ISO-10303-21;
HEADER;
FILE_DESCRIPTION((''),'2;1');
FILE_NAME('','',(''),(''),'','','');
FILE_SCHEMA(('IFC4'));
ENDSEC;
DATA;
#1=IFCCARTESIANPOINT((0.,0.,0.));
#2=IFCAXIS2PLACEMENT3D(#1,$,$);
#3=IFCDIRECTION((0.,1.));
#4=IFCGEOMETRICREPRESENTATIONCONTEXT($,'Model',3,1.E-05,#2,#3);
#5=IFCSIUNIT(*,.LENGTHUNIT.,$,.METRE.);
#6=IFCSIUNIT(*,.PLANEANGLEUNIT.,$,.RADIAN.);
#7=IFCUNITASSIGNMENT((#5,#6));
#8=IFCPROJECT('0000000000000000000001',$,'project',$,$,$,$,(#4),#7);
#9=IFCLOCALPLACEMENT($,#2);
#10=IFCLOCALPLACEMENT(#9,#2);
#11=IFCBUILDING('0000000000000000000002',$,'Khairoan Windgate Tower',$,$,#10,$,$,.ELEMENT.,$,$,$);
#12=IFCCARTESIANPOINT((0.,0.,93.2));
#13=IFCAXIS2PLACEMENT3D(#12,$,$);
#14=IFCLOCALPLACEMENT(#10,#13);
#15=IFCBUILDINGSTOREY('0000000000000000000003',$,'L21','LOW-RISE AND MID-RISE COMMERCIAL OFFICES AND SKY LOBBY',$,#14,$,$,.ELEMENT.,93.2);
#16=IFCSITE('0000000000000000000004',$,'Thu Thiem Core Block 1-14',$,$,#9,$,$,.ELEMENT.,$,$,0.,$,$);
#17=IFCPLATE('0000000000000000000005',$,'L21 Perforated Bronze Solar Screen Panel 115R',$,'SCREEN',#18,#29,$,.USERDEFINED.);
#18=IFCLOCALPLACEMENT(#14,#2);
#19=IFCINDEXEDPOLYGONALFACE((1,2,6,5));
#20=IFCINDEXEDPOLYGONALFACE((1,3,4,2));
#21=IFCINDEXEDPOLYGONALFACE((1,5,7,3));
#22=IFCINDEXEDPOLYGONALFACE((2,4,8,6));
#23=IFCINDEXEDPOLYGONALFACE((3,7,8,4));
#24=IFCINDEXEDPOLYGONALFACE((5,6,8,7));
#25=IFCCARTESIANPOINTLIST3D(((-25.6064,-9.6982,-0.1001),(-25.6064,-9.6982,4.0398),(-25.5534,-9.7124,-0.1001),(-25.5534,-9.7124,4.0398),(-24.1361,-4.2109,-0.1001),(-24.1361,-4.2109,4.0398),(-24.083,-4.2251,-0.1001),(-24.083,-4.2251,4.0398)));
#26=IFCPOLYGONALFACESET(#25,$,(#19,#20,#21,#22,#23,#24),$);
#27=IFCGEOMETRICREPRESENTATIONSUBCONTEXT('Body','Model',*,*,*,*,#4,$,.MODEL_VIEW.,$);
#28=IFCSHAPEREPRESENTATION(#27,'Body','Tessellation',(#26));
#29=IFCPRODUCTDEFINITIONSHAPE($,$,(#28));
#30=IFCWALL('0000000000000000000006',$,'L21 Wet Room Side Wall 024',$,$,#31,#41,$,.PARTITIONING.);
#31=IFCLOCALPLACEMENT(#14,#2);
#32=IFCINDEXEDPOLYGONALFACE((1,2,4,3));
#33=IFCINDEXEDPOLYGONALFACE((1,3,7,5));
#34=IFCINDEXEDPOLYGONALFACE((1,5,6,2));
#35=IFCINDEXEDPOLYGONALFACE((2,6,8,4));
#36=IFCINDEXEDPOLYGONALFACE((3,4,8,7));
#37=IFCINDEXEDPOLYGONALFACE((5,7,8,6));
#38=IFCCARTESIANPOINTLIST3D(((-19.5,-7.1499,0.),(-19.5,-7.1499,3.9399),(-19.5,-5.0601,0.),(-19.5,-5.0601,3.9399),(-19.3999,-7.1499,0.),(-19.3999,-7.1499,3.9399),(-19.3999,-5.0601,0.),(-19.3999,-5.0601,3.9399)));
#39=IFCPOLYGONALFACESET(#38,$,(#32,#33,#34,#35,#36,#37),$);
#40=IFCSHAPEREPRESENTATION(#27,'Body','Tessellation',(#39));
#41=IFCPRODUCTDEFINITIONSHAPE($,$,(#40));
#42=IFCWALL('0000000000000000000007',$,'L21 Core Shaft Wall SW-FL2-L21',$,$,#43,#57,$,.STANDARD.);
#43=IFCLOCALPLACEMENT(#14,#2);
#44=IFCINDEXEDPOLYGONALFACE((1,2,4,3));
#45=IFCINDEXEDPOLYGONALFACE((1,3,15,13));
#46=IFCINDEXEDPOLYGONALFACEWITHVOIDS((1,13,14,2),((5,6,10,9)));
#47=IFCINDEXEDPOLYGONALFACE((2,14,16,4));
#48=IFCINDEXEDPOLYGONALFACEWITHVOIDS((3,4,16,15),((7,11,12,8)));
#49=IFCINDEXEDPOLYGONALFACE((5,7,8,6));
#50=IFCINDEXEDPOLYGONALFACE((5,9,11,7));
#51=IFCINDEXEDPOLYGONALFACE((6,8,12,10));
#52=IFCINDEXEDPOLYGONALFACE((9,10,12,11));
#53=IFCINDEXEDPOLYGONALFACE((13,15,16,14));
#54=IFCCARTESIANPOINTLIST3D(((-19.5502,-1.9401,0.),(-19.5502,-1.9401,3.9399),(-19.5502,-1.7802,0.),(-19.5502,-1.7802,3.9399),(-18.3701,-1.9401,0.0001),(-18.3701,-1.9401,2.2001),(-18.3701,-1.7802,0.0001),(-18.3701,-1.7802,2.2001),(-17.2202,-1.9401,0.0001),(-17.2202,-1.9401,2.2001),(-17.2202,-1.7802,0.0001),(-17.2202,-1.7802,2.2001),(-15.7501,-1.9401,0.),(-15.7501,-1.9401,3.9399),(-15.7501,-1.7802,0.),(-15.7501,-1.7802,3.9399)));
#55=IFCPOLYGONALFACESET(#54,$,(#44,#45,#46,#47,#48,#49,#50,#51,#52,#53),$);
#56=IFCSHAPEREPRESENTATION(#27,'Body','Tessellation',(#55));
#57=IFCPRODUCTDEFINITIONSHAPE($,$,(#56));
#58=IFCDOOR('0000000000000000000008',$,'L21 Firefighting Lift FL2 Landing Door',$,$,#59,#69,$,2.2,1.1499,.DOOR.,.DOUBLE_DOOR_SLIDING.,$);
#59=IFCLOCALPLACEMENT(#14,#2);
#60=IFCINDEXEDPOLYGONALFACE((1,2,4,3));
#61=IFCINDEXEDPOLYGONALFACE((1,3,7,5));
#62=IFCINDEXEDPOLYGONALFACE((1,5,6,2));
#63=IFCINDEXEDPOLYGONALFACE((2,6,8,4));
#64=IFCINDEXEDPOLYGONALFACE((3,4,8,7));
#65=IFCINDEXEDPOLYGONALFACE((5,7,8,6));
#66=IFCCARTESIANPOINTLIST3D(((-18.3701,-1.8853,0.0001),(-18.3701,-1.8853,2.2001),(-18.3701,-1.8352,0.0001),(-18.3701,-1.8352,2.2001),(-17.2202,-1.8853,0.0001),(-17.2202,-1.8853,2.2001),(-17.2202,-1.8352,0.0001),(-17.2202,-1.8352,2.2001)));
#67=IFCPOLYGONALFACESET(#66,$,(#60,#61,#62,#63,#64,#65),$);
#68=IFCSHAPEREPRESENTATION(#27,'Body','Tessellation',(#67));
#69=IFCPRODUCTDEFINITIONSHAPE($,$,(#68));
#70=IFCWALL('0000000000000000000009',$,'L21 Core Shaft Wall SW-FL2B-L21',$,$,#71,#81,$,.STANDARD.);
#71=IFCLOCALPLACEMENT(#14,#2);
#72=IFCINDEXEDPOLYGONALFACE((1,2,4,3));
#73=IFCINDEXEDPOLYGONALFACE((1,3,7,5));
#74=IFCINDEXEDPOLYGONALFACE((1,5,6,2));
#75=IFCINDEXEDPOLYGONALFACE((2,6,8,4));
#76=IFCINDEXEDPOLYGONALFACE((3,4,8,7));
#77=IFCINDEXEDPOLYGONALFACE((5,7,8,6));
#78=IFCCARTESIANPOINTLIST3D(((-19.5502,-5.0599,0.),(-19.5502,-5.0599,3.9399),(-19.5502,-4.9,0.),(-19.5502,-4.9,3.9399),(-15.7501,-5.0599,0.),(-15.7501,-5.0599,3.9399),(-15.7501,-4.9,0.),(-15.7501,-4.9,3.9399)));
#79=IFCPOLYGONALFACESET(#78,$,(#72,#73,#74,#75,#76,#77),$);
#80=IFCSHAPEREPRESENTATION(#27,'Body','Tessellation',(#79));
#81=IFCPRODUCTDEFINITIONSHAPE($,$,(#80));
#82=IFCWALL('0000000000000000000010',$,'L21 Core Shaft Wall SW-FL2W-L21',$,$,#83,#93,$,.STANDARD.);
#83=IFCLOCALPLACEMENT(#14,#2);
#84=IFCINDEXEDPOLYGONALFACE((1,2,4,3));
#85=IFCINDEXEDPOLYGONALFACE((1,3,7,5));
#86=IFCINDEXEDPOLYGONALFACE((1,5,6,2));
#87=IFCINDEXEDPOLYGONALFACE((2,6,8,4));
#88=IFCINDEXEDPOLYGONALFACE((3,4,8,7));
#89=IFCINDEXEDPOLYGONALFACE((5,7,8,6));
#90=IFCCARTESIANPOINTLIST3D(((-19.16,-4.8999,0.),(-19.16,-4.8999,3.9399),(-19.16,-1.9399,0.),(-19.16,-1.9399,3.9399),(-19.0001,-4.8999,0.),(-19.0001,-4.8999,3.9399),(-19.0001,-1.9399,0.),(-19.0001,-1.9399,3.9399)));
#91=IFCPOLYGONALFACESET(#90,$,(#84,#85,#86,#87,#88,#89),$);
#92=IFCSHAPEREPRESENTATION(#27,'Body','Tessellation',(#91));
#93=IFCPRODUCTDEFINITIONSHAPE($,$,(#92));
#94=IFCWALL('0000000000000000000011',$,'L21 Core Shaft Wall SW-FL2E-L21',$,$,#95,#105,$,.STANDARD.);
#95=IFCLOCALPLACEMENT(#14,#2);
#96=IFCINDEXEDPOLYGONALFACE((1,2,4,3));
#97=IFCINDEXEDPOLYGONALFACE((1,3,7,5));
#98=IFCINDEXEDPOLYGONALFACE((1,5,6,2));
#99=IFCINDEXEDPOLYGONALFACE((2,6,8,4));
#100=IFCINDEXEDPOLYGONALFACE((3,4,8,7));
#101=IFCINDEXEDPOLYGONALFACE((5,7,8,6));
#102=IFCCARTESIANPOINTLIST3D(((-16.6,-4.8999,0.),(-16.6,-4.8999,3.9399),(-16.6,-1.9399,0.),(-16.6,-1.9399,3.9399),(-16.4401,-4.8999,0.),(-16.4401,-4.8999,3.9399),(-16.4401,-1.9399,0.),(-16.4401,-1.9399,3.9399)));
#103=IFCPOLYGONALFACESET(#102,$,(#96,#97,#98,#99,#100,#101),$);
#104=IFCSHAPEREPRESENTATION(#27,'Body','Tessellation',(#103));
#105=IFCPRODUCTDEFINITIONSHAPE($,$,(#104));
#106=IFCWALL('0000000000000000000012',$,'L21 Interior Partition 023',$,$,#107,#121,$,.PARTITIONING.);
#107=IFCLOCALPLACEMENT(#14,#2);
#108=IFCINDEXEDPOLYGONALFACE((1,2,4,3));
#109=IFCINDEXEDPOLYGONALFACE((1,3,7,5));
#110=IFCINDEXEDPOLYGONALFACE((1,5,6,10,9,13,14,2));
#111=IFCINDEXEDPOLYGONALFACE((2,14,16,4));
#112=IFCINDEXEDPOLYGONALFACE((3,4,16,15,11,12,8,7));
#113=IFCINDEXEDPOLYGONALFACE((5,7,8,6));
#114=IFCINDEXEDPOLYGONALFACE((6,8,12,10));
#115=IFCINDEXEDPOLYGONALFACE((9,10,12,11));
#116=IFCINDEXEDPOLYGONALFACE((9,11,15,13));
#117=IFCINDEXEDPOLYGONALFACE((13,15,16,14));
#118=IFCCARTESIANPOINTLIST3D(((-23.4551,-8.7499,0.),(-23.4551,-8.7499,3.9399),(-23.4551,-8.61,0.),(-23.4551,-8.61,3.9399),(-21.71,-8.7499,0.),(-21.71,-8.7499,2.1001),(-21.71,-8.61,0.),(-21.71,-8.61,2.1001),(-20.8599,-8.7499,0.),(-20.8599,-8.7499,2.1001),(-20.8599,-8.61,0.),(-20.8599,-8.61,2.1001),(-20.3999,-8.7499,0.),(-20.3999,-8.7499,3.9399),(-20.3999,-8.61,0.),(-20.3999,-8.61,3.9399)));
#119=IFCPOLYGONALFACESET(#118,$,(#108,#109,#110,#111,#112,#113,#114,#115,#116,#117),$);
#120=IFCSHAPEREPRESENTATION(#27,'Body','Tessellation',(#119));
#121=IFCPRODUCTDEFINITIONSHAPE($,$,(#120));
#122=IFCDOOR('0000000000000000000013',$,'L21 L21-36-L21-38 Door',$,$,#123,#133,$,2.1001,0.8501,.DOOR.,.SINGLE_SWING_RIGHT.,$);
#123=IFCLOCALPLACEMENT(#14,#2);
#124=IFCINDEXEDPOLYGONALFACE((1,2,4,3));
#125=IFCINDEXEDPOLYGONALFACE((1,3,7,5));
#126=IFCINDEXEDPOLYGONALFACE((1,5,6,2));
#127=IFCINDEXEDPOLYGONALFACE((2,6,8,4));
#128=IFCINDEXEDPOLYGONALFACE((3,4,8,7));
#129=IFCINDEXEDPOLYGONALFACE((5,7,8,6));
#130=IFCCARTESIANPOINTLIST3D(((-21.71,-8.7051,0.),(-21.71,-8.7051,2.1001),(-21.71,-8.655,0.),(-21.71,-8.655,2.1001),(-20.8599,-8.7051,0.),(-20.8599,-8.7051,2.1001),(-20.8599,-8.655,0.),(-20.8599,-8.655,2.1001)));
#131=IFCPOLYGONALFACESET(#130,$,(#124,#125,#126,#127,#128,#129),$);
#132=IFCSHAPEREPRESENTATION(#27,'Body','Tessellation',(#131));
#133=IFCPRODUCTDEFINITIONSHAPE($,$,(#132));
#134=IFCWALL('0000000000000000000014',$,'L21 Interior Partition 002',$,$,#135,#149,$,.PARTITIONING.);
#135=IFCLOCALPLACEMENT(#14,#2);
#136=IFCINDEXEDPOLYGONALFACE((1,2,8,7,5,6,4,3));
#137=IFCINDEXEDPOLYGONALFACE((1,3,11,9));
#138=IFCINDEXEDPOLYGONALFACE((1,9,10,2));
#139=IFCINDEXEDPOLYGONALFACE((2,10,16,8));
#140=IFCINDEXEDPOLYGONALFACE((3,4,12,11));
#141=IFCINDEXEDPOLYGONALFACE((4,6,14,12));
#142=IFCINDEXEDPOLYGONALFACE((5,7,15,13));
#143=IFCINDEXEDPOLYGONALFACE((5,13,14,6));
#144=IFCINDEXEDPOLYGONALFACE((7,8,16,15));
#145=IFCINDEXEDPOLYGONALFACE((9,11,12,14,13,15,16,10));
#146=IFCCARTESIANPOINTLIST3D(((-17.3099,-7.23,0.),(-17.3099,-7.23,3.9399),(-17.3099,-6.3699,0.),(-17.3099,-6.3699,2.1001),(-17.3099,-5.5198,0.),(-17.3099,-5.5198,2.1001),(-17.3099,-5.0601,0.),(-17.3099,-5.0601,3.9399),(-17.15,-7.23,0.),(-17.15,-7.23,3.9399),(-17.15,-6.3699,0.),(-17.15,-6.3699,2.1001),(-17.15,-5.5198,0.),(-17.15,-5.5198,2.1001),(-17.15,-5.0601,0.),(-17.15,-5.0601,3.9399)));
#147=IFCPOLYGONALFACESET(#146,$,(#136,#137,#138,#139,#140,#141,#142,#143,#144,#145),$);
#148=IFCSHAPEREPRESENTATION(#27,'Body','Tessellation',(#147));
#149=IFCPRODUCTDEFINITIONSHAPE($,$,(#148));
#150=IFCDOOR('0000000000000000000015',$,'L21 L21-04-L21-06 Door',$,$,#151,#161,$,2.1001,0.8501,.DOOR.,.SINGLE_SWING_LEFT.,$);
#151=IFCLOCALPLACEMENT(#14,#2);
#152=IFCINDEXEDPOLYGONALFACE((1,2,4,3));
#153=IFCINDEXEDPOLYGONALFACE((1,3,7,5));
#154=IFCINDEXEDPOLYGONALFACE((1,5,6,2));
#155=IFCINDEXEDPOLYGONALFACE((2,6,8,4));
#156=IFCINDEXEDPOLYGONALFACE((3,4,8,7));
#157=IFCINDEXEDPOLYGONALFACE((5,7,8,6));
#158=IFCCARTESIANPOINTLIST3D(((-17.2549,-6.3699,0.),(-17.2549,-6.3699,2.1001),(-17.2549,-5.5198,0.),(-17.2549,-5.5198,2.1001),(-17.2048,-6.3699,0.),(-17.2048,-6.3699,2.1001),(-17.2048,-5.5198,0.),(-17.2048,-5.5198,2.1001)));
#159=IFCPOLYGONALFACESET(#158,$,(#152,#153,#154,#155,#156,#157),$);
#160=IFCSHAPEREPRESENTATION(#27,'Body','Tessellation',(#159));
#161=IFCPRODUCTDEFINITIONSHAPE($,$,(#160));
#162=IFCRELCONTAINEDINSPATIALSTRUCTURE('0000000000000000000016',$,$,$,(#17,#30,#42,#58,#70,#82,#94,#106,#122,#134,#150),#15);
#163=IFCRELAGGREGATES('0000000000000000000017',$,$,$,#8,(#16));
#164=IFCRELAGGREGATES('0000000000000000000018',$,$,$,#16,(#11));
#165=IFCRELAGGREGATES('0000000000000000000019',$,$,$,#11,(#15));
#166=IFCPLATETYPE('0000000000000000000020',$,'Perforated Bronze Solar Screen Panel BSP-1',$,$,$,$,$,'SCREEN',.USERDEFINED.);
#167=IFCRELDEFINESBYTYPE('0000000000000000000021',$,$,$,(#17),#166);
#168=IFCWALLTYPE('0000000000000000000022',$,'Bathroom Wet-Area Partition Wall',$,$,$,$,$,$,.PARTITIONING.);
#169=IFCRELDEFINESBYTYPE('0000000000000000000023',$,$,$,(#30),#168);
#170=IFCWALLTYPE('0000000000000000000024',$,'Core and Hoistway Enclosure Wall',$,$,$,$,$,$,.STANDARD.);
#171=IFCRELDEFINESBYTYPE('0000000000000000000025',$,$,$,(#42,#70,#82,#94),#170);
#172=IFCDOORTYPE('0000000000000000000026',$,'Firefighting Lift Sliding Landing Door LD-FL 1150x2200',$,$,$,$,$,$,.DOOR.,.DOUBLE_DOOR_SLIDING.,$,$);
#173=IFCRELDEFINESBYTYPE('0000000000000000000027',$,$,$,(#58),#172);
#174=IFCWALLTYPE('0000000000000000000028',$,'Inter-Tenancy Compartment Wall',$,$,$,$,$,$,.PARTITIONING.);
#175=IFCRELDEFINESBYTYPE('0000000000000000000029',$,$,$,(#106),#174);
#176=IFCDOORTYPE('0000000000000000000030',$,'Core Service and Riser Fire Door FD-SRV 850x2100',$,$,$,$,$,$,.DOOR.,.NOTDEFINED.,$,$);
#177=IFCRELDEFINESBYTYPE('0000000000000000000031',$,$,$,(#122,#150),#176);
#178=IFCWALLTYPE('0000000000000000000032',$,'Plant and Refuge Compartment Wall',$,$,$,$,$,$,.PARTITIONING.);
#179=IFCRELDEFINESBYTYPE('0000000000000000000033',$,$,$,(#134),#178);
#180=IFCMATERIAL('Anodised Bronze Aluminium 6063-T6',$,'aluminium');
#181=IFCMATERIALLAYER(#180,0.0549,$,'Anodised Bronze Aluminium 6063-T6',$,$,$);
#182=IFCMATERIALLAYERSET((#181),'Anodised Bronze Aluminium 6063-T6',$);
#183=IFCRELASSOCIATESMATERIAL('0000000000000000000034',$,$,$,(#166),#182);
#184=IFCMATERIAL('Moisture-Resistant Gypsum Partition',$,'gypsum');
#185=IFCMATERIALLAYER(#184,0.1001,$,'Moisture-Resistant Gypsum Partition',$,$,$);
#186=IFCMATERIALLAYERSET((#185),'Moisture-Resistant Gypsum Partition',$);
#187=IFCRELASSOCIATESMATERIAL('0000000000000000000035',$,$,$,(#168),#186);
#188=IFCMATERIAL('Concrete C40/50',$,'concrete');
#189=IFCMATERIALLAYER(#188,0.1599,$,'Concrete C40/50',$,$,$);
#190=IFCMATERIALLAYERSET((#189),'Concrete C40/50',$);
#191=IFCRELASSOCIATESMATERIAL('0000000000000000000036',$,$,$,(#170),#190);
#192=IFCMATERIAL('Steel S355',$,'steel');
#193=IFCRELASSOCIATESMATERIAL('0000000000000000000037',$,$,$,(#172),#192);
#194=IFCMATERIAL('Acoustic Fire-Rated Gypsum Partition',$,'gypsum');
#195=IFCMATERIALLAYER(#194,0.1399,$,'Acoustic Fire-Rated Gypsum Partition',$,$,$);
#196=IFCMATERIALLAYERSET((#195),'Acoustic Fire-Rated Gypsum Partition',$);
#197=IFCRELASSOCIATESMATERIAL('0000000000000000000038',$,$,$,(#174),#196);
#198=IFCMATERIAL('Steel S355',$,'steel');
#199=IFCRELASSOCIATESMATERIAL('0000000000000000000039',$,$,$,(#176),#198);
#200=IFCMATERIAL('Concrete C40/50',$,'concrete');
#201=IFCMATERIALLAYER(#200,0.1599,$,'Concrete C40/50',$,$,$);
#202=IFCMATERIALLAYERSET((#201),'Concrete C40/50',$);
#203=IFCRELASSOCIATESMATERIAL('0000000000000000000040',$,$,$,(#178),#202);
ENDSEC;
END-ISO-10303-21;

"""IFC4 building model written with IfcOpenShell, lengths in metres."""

from ifc_helpers import new_model, si_unit, direction, frame, frame_2d, origin, origin_2d, place, context, subcontext, project, spatial, rectangle, extrude, material, layer, layer_set, type_object, element, fill, save


model = new_model("IFC4")

# Units and contexts
model_context = context("Model", 3, precision=1e-05, world=origin(), true_north=direction((0.0, 1.0)))
body_context = subcontext(model_context, "Body", "Model", "MODEL_VIEW")
ifc_project = project(units=[si_unit("LENGTHUNIT", "METRE"), si_unit("PLANEANGLEUNIT", "RADIAN")], contexts=[model_context])

# Site, building, storey
site_placement = place(None, origin())
site = spatial("IfcSite", under=ifc_project, at=site_placement, Name="Thu Thiem Core Block 1-14", CompositionType="ELEMENT", RefElevation=0.0)
building_placement = place(site_placement, origin())
building = spatial("IfcBuilding", under=site, at=building_placement, Name="Khairoan Windgate Tower", CompositionType="ELEMENT")
storey_placement = place(building_placement, frame((0.0, 0.0, 93.2)))
storey = spatial("IfcBuildingStorey", under=building, at=storey_placement, Name="L21", Description="LOW-RISE AND MID-RISE COMMERCIAL OFFICES AND SKY LOBBY", CompositionType="ELEMENT", Elevation=93.2)

# Plate
ifc_material_1 = material(Name="Anodised Bronze Aluminium 6063-T6", Category="aluminium")
ifc_layer_1 = layer(ifc_material_1, 0.0549, Name="Anodised Bronze Aluminium 6063-T6")
ifc_layer_set_1 = layer_set([ifc_layer_1], Name="Anodised Bronze Aluminium 6063-T6")
plate_type_1 = type_object("IfcPlateType", Name="Perforated Bronze Solar Screen Panel BSP-1", ElementType="SCREEN", PredefinedType="USERDEFINED", material=ifc_layer_set_1)
plate_1_placement = place(storey_placement, frame((-24.8447, -6.9617, -0.1001), z_axis=(0.0, 0.0, 1.0), x_axis=(0.258819, 0.965926, 0.0)))
element("IfcPlate", 1, at=plate_1_placement, inside=storey, type_object=plate_type_1, Name="L21 Perforated Bronze Solar Screen Panel 115R", ObjectType="SCREEN", PredefinedType="USERDEFINED", context=body_context, shape_type="SweptSolid", body=[
    extrude(rectangle(XDim=5.6809, YDim=0.0549, at=origin_2d()), origin(), (0.0, 0.0, 1.0), 4.1399),
])

# Wall
ifc_material_2 = material(Name="Moisture-Resistant Gypsum Partition", Category="gypsum")
ifc_layer_2 = layer(ifc_material_2, 0.1001, Name="Moisture-Resistant Gypsum Partition")
ifc_layer_set_2 = layer_set([ifc_layer_2], Name="Moisture-Resistant Gypsum Partition")
wall_type_1 = type_object("IfcWallType", Name="Bathroom Wet-Area Partition Wall", PredefinedType="PARTITIONING", material=ifc_layer_set_2)
wall_1_placement = place(storey_placement, frame((-19.45, -7.1499, 0.0), z_axis=(0.0, 0.0, 1.0), x_axis=(0.0, 1.0, 0.0)))
element("IfcWall", 2, at=wall_1_placement, inside=storey, type_object=wall_type_1, Name="L21 Wet Room Side Wall 024", PredefinedType="PARTITIONING", context=body_context, shape_type="SweptSolid", body=[
    extrude(rectangle(XDim=2.0898, YDim=0.1001, at=frame_2d((1.0449, 0.0))), origin(), (0.0, 0.0, 1.0), 3.9399),
])

# Wall, opening, door
ifc_material_3 = material(Name="Concrete C40/50", Category="concrete")
ifc_layer_3 = layer(ifc_material_3, 0.1599, Name="Concrete C40/50")
ifc_layer_set_3 = layer_set([ifc_layer_3], Name="Concrete C40/50")
wall_type_2 = type_object("IfcWallType", Name="Core and Hoistway Enclosure Wall", PredefinedType="STANDARD", material=ifc_layer_set_3)
wall_2_placement = place(storey_placement, frame((-19.55, -1.8601, 0.0), z_axis=(0.0, 0.0, 1.0), x_axis=(1.0, 0.0, 0.0)))
wall_2 = element("IfcWall", 3, at=wall_2_placement, inside=storey, type_object=wall_type_2, Name="L21 Core Shaft Wall SW-FL2-L21", PredefinedType="STANDARD", context=body_context, shape_type="SweptSolid", body=[
    extrude(rectangle(XDim=3.8, YDim=0.1599, at=frame_2d((1.8999, 0.0))), origin(), (0.0, 0.0, 1.0), 3.9399),
])
opening_1_placement = place(wall_2_placement, frame((1.1799, 0.0, 0.0)))
opening_1 = element("IfcOpeningElement", 4, at=opening_1_placement, cuts=wall_2, PredefinedType="OPENING", context=body_context, shape_type="SweptSolid", body=[
    extrude(rectangle(XDim=1.1499, YDim=2.2, at=frame_2d((0.575, 1.1001))), frame((0.0, 0.0898, 0.0), z_axis=(0.0, -1.0, 0.0), x_axis=(1.0, 0.0, 0.0)), (0.0, 0.0, 1.0), 0.1799),
])
ifc_material_4 = material(Name="Steel S355", Category="steel")
door_type_1 = type_object("IfcDoorType", Name="Firefighting Lift Sliding Landing Door LD-FL 1150x2200", OperationType="DOUBLE_DOOR_SLIDING", PredefinedType="DOOR", material=ifc_material_4)
door_1_placement = place(opening_1_placement, origin())
door_1 = element("IfcDoor", 5, at=door_1_placement, inside=storey, type_object=door_type_1, Name="L21 Firefighting Lift FL2 Landing Door", OperationType="DOUBLE_DOOR_SLIDING", OverallHeight=2.2, OverallWidth=1.1499, PredefinedType="DOOR", context=body_context, shape_type="SweptSolid", body=[
    extrude(rectangle(XDim=1.1499, YDim=2.2, at=frame_2d((0.575, 1.1001))), frame((0.0, 0.0249, 0.0), z_axis=(0.0, -1.0, 0.0), x_axis=(1.0, 0.0, 0.0)), (0.0, 0.0, 1.0), 0.05),
])
fill(opening_1, door_1)

# Walls
wall_3_placement = place(storey_placement, frame((-19.55, -4.98, 0.0), z_axis=(0.0, 0.0, 1.0), x_axis=(1.0, 0.0, 0.0)))
element("IfcWall", 6, at=wall_3_placement, inside=storey, type_object=wall_type_2, Name="L21 Core Shaft Wall SW-FL2B-L21", PredefinedType="STANDARD", context=body_context, shape_type="SweptSolid", body=[
    extrude(rectangle(XDim=3.8, YDim=0.1599, at=frame_2d((1.8999, 0.0))), origin(), (0.0, 0.0, 1.0), 3.9399),
])
for number, where, z_axis, x_axis, name in (
    (7, (-19.0801, -4.8999, 0.0), (0.0, 0.0, 1.0), (0.0, 1.0, 0.0), "L21 Core Shaft Wall SW-FL2W-L21"),
    (8, (-16.52, -4.8999, 0.0), (0.0, 0.0, 1.0), (0.0, 1.0, 0.0), "L21 Core Shaft Wall SW-FL2E-L21"),
):
    element("IfcWall", number, at=place(storey_placement, frame(where, z_axis=z_axis, x_axis=x_axis)), inside=storey, type_object=wall_type_2, Name=name, PredefinedType="STANDARD", context=body_context, shape_type="SweptSolid", body=[
        extrude(rectangle(XDim=2.96, YDim=0.1599, at=frame_2d((1.48, 0.0))), origin(), (0.0, 0.0, 1.0), 3.9399),
    ])

# Walls, openings, doors
ifc_material_5 = material(Name="Acoustic Fire-Rated Gypsum Partition", Category="gypsum")
ifc_layer_4 = layer(ifc_material_5, 0.1399, Name="Acoustic Fire-Rated Gypsum Partition")
ifc_layer_set_4 = layer_set([ifc_layer_4], Name="Acoustic Fire-Rated Gypsum Partition")
wall_type_3 = type_object("IfcWallType", Name="Inter-Tenancy Compartment Wall", PredefinedType="PARTITIONING", material=ifc_layer_set_4)
wall_4_placement = place(storey_placement, frame((-23.4551, -8.6799, 0.0), z_axis=(0.0, 0.0, 1.0), x_axis=(1.0, 0.0, 0.0)))
wall_4 = element("IfcWall", 9, at=wall_4_placement, inside=storey, type_object=wall_type_3, Name="L21 Interior Partition 023", PredefinedType="PARTITIONING", context=body_context, shape_type="SweptSolid", body=[
    extrude(rectangle(XDim=3.0552, YDim=0.1399, at=frame_2d((1.5276, 0.0))), origin(), (0.0, 0.0, 1.0), 3.9399),
])
opening_2_placement = place(wall_4_placement, frame((1.7451, 0.0, 0.0)))
opening_2 = element("IfcOpeningElement", 10, at=opening_2_placement, cuts=wall_4, PredefinedType="OPENING", context=body_context, shape_type="SweptSolid", body=[
    extrude(rectangle(XDim=0.8501, YDim=2.1001, at=frame_2d((0.425, 1.05))), frame((0.0, 0.0798, 0.0), z_axis=(0.0, -1.0, 0.0), x_axis=(1.0, 0.0, 0.0)), (0.0, 0.0, 1.0), 0.1599),
])
ifc_material_6 = material(Name="Steel S355", Category="steel")
door_type_2 = type_object("IfcDoorType", Name="Core Service and Riser Fire Door FD-SRV 850x2100", OperationType="NOTDEFINED", PredefinedType="DOOR", material=ifc_material_6)
door_2_placement = place(opening_2_placement, origin())
door_2 = element("IfcDoor", 11, at=door_2_placement, inside=storey, type_object=door_type_2, Name="L21 L21-36-L21-38 Door", OperationType="SINGLE_SWING_RIGHT", OverallHeight=2.1001, OverallWidth=0.8501, PredefinedType="DOOR", context=body_context, shape_type="SweptSolid", body=[
    extrude(rectangle(XDim=0.8501, YDim=2.1001, at=frame_2d((0.425, 1.05))), frame((0.0, 0.0249, 0.0), z_axis=(0.0, -1.0, 0.0), x_axis=(1.0, 0.0, 0.0)), (0.0, 0.0, 1.0), 0.05),
])
fill(opening_2, door_2)
ifc_material_7 = material(Name="Concrete C40/50", Category="concrete")
ifc_layer_5 = layer(ifc_material_7, 0.1599, Name="Concrete C40/50")
ifc_layer_set_5 = layer_set([ifc_layer_5], Name="Concrete C40/50")
wall_type_4 = type_object("IfcWallType", Name="Plant and Refuge Compartment Wall", PredefinedType="PARTITIONING", material=ifc_layer_set_5)
wall_5_placement = place(storey_placement, frame((-17.23, -7.23, 0.0), z_axis=(0.0, 0.0, 1.0), x_axis=(0.0, 1.0, 0.0)))
wall_5 = element("IfcWall", 12, at=wall_5_placement, inside=storey, type_object=wall_type_4, Name="L21 Interior Partition 002", PredefinedType="PARTITIONING", context=body_context, shape_type="SweptSolid", body=[
    extrude(rectangle(XDim=2.1699, YDim=0.1599, at=frame_2d((1.085, 0.0))), origin(), (0.0, 0.0, 1.0), 3.9399),
])
opening_3_placement = place(wall_5_placement, frame((0.8601, 0.0, 0.0)))
opening_3 = element("IfcOpeningElement", 13, at=opening_3_placement, cuts=wall_5, PredefinedType="OPENING", context=body_context, shape_type="SweptSolid", body=[
    extrude(rectangle(XDim=0.8501, YDim=2.1001, at=frame_2d((0.425, 1.05))), frame((0.0, 0.0898, 0.0), z_axis=(0.0, -1.0, 0.0), x_axis=(1.0, 0.0, 0.0)), (0.0, 0.0, 1.0), 0.1799),
])
door_3_placement = place(opening_3_placement, origin())
door_3 = element("IfcDoor", 14, at=door_3_placement, inside=storey, type_object=door_type_2, Name="L21 L21-04-L21-06 Door", OperationType="SINGLE_SWING_LEFT", OverallHeight=2.1001, OverallWidth=0.8501, PredefinedType="DOOR", context=body_context, shape_type="SweptSolid", body=[
    extrude(rectangle(XDim=0.8501, YDim=2.1001, at=frame_2d((0.425, 1.05))), frame((0.0, 0.0249, 0.0), z_axis=(0.0, -1.0, 0.0), x_axis=(1.0, 0.0, 0.0)), (0.0, 0.0, 1.0), 0.05),
])
fill(opening_3, door_3)

save(model, "model.ifc")
